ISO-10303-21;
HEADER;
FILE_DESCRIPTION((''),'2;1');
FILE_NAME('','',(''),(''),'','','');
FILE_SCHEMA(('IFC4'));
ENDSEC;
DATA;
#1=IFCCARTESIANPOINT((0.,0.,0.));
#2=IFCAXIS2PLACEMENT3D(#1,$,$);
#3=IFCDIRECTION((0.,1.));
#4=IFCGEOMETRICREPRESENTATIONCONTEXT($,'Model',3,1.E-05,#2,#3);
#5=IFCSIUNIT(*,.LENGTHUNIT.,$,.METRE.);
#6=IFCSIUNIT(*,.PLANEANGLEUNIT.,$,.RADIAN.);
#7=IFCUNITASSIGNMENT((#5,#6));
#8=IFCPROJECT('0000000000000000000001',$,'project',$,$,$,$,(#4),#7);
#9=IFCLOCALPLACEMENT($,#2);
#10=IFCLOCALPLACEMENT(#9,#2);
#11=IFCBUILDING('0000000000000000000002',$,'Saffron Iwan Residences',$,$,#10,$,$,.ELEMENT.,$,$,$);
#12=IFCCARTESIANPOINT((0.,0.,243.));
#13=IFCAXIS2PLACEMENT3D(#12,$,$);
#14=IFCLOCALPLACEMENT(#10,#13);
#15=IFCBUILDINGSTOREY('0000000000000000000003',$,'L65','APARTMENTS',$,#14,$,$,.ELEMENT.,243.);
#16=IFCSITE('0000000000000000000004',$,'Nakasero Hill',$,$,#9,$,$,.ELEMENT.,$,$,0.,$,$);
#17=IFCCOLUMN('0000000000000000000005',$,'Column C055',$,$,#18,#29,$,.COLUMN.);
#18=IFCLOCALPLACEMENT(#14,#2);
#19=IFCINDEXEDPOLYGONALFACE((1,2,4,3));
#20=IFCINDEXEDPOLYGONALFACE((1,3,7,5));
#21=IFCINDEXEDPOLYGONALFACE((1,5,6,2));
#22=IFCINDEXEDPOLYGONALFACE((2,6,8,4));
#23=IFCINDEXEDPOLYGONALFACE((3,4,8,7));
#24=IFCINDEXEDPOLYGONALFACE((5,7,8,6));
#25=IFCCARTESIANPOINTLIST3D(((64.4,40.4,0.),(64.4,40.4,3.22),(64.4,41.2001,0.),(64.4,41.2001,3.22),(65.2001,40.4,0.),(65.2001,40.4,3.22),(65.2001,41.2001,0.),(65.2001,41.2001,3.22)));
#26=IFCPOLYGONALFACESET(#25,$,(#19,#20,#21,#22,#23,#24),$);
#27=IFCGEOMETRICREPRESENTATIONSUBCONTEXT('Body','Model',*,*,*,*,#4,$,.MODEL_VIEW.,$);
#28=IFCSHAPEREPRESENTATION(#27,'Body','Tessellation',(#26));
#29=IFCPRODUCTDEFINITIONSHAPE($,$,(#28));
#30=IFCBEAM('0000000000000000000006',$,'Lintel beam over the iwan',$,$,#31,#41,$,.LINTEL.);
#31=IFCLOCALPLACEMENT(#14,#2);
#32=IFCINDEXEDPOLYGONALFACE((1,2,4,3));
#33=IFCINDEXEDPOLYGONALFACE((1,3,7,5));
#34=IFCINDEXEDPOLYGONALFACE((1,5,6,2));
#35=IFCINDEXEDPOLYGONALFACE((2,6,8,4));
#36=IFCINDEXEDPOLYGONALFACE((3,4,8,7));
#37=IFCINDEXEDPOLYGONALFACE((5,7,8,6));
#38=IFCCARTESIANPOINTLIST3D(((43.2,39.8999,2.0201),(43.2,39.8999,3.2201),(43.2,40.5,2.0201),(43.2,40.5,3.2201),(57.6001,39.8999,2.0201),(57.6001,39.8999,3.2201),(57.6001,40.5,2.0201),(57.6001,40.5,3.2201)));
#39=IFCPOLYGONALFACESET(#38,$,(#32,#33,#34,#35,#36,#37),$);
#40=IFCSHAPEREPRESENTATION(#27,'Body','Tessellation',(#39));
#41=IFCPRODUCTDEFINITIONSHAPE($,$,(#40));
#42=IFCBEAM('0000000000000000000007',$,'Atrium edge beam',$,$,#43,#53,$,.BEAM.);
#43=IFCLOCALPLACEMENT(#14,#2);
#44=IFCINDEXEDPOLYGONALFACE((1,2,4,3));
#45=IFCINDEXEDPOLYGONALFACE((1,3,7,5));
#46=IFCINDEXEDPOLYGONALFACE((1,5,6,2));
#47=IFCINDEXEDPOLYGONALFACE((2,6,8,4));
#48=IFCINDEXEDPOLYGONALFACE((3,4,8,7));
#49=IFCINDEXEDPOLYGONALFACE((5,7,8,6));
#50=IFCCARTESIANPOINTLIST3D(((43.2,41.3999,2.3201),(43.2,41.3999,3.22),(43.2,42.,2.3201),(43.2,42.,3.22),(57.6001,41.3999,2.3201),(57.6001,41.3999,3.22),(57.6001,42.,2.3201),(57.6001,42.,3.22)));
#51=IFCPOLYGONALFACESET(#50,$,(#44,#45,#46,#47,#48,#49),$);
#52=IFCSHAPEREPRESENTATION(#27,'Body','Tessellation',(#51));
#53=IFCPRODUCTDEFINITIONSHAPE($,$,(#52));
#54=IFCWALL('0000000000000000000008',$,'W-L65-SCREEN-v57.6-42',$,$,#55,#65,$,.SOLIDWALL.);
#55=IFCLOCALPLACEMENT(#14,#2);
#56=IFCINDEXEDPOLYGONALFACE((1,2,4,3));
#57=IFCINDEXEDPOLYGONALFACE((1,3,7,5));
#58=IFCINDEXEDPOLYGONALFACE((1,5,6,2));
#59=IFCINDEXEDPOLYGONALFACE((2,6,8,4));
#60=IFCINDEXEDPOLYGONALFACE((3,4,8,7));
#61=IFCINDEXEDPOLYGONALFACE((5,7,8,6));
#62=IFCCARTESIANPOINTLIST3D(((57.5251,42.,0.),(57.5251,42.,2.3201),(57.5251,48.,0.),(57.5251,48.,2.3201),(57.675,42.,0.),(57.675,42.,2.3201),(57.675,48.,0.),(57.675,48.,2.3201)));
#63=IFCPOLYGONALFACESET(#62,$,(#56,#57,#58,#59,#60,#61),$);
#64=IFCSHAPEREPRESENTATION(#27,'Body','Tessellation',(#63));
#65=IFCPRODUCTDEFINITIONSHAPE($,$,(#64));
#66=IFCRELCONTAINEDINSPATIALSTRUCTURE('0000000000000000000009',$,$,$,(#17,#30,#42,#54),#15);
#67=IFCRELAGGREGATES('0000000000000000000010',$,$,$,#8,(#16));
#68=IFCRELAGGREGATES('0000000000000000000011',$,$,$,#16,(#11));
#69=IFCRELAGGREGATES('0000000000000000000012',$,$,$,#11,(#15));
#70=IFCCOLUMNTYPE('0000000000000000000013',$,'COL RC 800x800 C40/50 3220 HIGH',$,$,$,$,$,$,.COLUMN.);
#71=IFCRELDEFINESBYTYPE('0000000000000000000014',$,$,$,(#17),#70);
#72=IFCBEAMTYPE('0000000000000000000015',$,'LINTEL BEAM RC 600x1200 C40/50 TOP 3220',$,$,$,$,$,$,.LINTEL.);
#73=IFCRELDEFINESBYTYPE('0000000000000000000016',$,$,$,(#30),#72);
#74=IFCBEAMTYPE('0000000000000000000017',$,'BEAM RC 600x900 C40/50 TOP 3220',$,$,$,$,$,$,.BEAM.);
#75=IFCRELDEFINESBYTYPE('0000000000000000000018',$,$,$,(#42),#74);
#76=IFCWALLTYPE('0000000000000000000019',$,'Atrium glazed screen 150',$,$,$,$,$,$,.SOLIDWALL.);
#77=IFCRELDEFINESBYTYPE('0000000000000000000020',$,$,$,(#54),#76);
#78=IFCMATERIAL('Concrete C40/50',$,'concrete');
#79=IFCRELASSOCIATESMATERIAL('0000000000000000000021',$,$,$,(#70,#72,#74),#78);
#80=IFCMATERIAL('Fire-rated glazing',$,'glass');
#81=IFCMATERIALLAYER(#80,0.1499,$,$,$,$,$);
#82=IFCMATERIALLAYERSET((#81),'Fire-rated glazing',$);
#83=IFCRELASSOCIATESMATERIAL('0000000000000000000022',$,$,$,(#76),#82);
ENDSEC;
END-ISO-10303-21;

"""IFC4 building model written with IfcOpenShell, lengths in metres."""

from ifc_helpers import new_model, si_unit, direction, frame, frame_2d, origin, origin_2d, place, context, subcontext, project, spatial, rectangle, extrude, source, transform, mapped, material, layer, layer_set, material_profile, profile_set, type_object, element, save


model = new_model("IFC4")

# Units and contexts
model_context = context("Model", 3, precision=1e-05, world=origin(), true_north=direction((0.0, 1.0)))
body_context = subcontext(model_context, "Body", "Model", "MODEL_VIEW")
ifc_project = project(units=[si_unit("LENGTHUNIT", "METRE"), si_unit("PLANEANGLEUNIT", "RADIAN")], contexts=[model_context])

# Site, building, storey
site_placement = place(None, origin())
site = spatial("IfcSite", under=ifc_project, at=site_placement, Name="Nakasero Hill", CompositionType="ELEMENT", RefElevation=0.0)
building_placement = place(site_placement, origin())
building = spatial("IfcBuilding", under=site, at=building_placement, Name="Saffron Iwan Residences", CompositionType="ELEMENT")
storey_placement = place(building_placement, frame((0.0, 0.0, 243.0)))
storey = spatial("IfcBuildingStorey", under=building, at=storey_placement, Name="L65", Description="APARTMENTS", CompositionType="ELEMENT", Elevation=243.0)

# Column
ifc_material_1 = material(Name="Concrete C40/50", Category="concrete")
ifc_material_profile_1 = material_profile(ifc_material_1, rectangle(XDim=0.8, YDim=0.8, at=origin_2d()), Name="RC 800x800")
ifc_profile_set_1 = profile_set([ifc_material_profile_1], Name="Concrete C40/50")
column_type = type_object("IfcColumnType", Name="COL RC 800x800 C40/50 3220 HIGH", PredefinedType="COLUMN", material=ifc_profile_set_1)
shared_shape_1 = source(origin(), body_context, "Body", "SweptSolid", [
    extrude(rectangle(XDim=0.8, YDim=0.8, at=origin_2d()), origin(), (0.0, 0.0, 1.0), 3.22),
])
column_placement = place(storey_placement, frame((64.8, 40.8, 0.0), z_axis=(0.0, 0.0, 1.0), x_axis=(1.0, 0.0, 0.0)))
element("IfcColumn", 1, at=column_placement, inside=storey, type_object=column_type, Name="Column C055", PredefinedType="COLUMN", context=body_context, shape_type="MappedRepresentation", body=[
    mapped(shared_shape_1, transform((0.0, 0.0, 0.0))),
])

# Beams
ifc_material_profile_2 = material_profile(ifc_material_1, rectangle(XDim=0.6001, YDim=1.2, at=origin_2d()), Name="RC 600x1200")
ifc_profile_set_2 = profile_set([ifc_material_profile_2], Name="Concrete C40/50")
beam_type_1 = type_object("IfcBeamType", Name="LINTEL BEAM RC 600x1200 C40/50 TOP 3220", PredefinedType="LINTEL", material=ifc_profile_set_2)
shared_shape_2 = source(origin(), body_context, "Body", "SweptSolid", [
    extrude(rectangle(XDim=0.6001, YDim=1.2, at=origin_2d()), origin(), (0.0, 0.0, 1.0), 14.4001),
])
beam_1_placement = place(storey_placement, frame((57.6001, 40.2, 2.6201), z_axis=(-1.0, 0.0, 0.0), x_axis=(0.0, -1.0, 0.0)))
element("IfcBeam", 2, at=beam_1_placement, inside=storey, type_object=beam_type_1, Name="Lintel beam over the iwan", PredefinedType="LINTEL", context=body_context, shape_type="MappedRepresentation", body=[
    mapped(shared_shape_2, transform((0.0, 0.0, 0.0))),
])
ifc_material_profile_3 = material_profile(ifc_material_1, rectangle(XDim=0.6001, YDim=0.8999, at=origin_2d()), Name="RC 600x900")
ifc_profile_set_3 = profile_set([ifc_material_profile_3], Name="Concrete C40/50")
beam_type_2 = type_object("IfcBeamType", Name="BEAM RC 600x900 C40/50 TOP 3220", PredefinedType="BEAM", material=ifc_profile_set_3)
shared_shape_3 = source(origin(), body_context, "Body", "SweptSolid", [
    extrude(rectangle(XDim=0.6001, YDim=0.8999, at=origin_2d()), origin(), (0.0, 0.0, 1.0), 14.4001),
])
beam_2_placement = place(storey_placement, frame((57.6001, 41.7, 2.77), z_axis=(-1.0, 0.0, 0.0), x_axis=(0.0, -1.0, 0.0)))
element("IfcBeam", 3, at=beam_2_placement, inside=storey, type_object=beam_type_2, Name="Atrium edge beam", PredefinedType="BEAM", context=body_context, shape_type="MappedRepresentation", body=[
    mapped(shared_shape_3, transform((0.0, 0.0, 0.0))),
])

# Wall
ifc_material_2 = material(Name="Fire-rated glazing", Category="glass")
ifc_layer_1 = layer(ifc_material_2, 0.1499)
ifc_layer_set_1 = layer_set([ifc_layer_1], Name="Fire-rated glazing")
wall_type_1 = type_object("IfcWallType", Name="Atrium glazed screen 150", PredefinedType="SOLIDWALL", material=ifc_layer_set_1)
wall_1_placement = place(storey_placement, frame((57.6001, 42.0, 0.0), z_axis=(0.0, 0.0, 1.0), x_axis=(0.0, 1.0, 0.0)))
element("IfcWall", 4, at=wall_1_placement, inside=storey, type_object=wall_type_1, Name="W-L65-SCREEN-v57.6-42", PredefinedType="SOLIDWALL", context=body_context, shape_type="SweptSolid", body=[
    extrude(rectangle(XDim=6.0, YDim=0.1499, at=frame_2d((3.0, 0.0))), origin(), (0.0, 0.0, 1.0), 2.3201),
])

save(model, "model.ifc")
